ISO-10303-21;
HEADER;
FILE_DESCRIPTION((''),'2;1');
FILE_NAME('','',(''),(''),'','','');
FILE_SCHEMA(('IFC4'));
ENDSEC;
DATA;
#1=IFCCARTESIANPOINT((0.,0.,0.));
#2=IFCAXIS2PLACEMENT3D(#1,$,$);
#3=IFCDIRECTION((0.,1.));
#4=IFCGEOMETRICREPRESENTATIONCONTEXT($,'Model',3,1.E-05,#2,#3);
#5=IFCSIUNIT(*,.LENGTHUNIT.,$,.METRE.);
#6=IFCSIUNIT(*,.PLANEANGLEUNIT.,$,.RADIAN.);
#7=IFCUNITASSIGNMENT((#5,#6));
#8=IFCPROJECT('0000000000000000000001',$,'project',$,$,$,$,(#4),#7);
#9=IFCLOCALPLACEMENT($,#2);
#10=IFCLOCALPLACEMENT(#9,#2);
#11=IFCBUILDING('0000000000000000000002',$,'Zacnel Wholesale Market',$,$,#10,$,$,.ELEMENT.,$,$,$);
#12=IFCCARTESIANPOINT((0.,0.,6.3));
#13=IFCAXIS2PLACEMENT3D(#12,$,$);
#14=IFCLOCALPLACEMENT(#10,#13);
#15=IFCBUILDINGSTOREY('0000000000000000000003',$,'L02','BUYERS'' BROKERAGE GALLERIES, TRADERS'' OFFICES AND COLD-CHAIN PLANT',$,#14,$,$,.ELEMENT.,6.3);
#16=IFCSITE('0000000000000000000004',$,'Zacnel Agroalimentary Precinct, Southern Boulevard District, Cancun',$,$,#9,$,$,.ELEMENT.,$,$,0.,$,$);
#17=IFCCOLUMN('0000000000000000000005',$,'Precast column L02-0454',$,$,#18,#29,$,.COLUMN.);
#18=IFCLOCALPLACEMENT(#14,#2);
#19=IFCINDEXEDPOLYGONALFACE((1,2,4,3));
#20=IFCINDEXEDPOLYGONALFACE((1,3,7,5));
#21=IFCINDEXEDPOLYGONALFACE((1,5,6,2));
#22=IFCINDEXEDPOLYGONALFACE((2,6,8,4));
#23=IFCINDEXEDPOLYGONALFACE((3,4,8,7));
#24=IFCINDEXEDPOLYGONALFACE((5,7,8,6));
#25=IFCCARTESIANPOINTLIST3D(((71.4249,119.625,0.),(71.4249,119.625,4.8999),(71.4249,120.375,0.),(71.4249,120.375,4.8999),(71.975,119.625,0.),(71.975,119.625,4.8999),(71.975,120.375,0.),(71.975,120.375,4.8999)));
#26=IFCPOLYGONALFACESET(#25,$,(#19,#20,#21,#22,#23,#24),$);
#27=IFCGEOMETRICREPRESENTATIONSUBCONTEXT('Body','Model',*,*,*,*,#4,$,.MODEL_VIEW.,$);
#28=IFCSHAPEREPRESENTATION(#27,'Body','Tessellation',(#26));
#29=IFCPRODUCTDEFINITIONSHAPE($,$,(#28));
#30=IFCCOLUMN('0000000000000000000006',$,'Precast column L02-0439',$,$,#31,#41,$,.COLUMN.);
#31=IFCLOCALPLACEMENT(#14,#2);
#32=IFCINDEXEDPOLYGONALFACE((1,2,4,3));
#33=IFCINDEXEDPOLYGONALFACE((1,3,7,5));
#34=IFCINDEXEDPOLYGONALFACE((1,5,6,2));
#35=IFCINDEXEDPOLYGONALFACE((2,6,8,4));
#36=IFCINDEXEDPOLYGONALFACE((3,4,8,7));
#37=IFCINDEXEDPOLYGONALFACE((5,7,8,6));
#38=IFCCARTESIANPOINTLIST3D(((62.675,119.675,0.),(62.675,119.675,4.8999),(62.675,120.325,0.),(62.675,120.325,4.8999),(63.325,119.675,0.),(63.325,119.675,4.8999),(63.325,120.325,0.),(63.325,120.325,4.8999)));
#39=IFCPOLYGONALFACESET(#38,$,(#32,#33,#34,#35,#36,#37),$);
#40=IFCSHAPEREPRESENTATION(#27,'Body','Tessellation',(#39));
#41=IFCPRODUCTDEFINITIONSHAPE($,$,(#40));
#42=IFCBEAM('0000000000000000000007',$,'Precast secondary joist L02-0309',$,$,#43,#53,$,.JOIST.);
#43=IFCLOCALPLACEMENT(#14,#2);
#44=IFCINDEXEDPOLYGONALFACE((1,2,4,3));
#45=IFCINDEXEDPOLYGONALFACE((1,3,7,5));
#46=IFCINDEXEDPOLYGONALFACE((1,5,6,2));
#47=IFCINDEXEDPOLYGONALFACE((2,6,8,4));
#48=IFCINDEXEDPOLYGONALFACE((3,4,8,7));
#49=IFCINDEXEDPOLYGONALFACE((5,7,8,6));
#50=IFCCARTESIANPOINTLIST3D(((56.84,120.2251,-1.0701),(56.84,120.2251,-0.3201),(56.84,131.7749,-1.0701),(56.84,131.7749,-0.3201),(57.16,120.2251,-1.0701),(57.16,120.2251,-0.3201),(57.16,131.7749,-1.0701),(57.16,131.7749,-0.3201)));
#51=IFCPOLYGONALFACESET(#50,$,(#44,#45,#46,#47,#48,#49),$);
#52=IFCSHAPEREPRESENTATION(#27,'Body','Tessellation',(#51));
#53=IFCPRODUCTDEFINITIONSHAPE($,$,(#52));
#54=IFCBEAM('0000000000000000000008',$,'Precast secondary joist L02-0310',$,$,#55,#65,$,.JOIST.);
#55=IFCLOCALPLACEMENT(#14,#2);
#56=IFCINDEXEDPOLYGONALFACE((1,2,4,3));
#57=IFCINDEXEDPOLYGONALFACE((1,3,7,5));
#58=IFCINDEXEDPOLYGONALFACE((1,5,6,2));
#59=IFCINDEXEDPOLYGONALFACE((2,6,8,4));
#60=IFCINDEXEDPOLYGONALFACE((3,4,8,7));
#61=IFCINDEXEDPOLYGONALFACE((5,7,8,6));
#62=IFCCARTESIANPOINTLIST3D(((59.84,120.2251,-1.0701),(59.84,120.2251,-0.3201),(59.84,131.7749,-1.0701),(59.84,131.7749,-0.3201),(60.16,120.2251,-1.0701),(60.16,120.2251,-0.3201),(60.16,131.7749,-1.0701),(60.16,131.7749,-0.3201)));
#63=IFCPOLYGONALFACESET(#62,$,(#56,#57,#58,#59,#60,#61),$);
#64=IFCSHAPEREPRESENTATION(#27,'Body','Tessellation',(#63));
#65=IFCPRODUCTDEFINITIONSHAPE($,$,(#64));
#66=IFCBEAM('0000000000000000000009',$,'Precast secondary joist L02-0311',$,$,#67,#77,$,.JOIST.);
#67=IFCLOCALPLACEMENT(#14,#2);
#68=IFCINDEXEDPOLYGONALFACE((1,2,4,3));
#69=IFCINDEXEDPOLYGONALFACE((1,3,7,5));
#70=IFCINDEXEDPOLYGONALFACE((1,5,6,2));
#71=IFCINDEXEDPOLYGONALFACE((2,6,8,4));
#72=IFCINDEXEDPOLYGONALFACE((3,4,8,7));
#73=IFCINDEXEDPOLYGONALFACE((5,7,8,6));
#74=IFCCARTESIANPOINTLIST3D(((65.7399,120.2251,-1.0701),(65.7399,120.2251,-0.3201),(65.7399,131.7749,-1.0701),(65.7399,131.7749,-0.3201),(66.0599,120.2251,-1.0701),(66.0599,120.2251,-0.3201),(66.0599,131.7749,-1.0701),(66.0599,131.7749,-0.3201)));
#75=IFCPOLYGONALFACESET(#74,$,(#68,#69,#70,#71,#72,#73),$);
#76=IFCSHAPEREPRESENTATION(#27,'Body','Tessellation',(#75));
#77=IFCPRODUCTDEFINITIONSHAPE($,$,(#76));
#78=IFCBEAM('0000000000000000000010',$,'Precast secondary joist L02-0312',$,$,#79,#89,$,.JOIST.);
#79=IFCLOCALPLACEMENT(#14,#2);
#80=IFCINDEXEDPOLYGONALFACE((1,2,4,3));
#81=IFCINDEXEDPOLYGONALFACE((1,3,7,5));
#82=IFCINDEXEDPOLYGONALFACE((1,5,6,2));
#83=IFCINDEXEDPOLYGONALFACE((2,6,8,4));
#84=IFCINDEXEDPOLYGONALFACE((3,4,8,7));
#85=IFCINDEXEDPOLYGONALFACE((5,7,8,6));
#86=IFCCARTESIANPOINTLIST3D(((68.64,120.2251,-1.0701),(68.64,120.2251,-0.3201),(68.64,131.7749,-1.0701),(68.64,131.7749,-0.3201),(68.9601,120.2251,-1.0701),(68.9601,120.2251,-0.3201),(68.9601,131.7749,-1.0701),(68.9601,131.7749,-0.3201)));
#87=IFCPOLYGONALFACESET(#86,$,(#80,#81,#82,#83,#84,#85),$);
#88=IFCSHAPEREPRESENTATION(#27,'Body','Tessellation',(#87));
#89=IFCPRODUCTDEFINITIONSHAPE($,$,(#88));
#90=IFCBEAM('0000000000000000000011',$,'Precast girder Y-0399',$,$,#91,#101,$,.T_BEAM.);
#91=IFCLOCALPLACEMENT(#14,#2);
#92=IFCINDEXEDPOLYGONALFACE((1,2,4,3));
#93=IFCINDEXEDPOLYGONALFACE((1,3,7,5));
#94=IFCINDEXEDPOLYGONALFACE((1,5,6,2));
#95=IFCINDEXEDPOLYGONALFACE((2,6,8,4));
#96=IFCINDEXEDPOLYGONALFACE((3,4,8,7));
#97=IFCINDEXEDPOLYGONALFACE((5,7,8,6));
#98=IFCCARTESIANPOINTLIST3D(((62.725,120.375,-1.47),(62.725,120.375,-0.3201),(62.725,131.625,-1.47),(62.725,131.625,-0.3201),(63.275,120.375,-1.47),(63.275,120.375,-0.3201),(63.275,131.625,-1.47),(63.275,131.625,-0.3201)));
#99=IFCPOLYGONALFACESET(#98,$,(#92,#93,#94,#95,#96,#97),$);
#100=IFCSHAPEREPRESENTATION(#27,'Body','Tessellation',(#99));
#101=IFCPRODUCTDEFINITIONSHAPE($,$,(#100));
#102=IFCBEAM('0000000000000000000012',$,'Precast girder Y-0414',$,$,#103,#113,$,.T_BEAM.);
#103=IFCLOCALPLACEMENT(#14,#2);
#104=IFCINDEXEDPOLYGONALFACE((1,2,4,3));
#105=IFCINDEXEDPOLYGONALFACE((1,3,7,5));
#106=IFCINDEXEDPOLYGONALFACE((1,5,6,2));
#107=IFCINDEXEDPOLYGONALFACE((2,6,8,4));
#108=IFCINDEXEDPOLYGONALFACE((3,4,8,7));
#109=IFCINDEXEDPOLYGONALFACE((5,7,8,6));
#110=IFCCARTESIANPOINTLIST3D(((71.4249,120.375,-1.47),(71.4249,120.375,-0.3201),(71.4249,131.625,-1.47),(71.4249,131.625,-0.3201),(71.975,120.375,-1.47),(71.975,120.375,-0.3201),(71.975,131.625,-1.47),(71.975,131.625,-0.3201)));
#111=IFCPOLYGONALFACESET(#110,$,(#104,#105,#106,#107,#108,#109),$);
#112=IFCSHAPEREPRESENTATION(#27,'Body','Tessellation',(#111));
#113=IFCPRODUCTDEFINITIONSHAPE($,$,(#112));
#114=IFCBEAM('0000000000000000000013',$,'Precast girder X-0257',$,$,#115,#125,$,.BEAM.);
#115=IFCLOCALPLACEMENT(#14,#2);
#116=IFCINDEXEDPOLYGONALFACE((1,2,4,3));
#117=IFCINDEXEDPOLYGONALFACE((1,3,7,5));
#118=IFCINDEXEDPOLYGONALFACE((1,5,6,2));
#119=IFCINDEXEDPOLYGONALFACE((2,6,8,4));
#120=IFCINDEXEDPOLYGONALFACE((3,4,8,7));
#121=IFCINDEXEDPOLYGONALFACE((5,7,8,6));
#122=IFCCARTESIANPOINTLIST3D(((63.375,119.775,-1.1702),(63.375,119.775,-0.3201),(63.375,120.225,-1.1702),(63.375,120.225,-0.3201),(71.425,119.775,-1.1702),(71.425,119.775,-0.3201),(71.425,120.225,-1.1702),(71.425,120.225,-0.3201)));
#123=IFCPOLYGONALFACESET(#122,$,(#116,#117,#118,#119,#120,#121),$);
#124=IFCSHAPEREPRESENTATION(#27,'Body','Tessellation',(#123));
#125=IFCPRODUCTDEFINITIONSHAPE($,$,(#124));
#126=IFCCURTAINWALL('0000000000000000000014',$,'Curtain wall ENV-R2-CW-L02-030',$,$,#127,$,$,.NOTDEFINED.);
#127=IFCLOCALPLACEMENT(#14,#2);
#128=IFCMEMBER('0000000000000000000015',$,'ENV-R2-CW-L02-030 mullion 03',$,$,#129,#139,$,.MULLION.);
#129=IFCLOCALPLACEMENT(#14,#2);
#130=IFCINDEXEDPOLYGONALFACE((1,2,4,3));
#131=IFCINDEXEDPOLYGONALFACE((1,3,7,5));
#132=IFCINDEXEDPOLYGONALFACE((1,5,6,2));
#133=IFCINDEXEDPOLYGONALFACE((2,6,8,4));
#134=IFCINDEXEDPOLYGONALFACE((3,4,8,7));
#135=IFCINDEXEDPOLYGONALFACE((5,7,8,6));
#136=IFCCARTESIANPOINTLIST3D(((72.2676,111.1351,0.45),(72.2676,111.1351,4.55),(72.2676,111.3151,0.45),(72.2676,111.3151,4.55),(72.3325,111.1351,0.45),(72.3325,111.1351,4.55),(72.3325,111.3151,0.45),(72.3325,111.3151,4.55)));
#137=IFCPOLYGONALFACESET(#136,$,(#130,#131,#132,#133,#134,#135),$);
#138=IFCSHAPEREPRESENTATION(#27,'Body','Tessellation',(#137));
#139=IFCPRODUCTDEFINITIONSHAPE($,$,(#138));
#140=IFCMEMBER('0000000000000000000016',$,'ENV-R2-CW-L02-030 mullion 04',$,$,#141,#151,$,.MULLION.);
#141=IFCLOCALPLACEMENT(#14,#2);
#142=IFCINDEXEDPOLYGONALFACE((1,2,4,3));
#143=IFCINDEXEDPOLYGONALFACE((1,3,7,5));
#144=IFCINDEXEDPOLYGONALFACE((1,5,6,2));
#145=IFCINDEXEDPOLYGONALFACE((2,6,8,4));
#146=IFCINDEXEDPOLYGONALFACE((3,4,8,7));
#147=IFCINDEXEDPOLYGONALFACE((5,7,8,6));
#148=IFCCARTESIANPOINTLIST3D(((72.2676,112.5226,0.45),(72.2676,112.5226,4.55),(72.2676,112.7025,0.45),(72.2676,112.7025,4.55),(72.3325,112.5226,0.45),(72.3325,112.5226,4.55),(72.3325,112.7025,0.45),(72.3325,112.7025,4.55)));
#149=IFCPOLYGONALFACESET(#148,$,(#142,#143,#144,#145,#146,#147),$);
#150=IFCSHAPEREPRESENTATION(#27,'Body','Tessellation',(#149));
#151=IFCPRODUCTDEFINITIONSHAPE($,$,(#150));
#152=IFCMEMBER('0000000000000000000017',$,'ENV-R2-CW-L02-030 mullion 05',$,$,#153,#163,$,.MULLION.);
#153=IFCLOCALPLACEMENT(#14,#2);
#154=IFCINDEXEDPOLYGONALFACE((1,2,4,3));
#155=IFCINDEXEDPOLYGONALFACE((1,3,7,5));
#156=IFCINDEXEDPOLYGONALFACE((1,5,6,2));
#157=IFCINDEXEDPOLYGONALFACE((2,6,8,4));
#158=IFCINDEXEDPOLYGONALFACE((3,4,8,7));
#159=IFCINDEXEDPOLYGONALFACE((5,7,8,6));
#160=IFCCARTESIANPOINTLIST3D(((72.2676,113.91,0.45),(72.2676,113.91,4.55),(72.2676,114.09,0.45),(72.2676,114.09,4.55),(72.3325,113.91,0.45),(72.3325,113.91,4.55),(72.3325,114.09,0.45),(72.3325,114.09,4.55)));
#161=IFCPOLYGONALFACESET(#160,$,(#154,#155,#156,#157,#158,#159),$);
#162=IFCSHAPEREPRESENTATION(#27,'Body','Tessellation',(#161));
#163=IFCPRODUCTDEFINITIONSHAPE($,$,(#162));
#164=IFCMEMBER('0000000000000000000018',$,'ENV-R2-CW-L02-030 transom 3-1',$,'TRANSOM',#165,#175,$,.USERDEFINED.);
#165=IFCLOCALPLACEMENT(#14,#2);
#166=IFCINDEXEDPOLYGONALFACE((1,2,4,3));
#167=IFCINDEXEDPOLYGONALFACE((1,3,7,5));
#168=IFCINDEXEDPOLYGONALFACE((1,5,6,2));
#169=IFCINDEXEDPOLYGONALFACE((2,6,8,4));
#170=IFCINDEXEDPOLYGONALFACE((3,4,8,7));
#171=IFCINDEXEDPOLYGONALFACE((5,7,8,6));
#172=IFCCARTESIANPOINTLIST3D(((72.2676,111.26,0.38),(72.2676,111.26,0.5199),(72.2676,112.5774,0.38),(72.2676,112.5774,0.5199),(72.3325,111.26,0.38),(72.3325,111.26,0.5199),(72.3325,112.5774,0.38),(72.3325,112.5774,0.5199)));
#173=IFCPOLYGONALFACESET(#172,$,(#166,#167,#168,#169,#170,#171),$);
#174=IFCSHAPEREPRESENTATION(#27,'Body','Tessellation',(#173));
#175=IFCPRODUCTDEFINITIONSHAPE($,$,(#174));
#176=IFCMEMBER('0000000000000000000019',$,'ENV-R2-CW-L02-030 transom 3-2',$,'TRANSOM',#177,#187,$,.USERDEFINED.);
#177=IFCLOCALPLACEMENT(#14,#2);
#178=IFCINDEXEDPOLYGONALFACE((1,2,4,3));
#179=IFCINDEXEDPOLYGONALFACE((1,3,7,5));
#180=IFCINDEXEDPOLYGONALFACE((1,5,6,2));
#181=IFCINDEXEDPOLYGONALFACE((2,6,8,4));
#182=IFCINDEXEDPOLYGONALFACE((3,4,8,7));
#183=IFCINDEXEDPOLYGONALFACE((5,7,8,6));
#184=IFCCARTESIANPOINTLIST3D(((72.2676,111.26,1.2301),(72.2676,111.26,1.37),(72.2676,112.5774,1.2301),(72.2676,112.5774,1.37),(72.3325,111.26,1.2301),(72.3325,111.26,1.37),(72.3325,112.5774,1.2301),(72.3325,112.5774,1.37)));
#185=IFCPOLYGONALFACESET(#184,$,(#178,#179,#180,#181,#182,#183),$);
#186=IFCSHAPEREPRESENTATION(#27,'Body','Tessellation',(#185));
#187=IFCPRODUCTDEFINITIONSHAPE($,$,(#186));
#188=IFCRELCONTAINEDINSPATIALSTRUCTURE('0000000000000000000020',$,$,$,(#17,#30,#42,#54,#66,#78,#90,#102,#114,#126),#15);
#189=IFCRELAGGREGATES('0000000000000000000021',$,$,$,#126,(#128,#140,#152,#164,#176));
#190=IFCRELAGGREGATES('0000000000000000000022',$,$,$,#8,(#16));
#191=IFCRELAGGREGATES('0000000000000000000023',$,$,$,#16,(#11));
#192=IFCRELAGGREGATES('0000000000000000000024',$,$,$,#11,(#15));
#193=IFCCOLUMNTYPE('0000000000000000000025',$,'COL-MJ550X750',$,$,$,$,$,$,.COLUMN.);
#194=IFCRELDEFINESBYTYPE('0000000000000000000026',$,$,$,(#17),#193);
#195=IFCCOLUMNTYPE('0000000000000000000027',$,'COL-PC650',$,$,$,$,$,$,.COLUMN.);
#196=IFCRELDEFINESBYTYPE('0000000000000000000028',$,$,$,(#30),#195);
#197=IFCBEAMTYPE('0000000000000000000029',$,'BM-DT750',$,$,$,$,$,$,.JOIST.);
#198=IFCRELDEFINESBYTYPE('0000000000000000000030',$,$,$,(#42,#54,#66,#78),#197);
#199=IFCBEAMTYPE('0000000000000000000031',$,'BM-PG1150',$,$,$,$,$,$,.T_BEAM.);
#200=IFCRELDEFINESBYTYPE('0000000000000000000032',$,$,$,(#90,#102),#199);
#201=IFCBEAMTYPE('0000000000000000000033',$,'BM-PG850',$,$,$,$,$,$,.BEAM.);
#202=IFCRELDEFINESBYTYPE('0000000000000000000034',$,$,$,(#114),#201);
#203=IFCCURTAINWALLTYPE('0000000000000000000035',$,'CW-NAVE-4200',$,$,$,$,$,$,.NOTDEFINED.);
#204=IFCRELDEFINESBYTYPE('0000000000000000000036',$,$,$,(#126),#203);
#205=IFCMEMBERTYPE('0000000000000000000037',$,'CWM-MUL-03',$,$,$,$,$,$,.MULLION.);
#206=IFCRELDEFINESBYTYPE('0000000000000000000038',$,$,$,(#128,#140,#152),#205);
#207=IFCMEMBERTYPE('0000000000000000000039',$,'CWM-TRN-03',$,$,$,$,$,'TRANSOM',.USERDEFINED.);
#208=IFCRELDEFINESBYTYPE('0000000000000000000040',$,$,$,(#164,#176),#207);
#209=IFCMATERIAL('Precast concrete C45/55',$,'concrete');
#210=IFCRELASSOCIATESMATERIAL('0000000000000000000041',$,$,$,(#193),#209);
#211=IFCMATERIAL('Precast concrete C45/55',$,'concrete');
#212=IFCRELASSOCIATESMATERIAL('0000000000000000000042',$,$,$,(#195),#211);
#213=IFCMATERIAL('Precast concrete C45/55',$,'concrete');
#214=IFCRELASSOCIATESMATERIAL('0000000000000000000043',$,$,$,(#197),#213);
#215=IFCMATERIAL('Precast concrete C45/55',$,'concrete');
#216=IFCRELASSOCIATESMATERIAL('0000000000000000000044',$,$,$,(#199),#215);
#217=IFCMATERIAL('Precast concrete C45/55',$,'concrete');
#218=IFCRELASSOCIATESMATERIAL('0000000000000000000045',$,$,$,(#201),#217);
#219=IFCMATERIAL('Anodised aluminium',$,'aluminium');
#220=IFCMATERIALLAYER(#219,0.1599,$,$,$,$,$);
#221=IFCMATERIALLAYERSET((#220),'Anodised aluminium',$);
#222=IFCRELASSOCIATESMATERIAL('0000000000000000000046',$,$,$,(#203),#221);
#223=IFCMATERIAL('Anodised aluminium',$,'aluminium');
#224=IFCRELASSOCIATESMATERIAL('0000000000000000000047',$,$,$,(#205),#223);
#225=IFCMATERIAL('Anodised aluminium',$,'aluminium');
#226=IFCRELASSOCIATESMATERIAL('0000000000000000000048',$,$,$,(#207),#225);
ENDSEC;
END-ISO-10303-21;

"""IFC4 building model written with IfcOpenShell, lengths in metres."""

from ifc_helpers import new_model, si_unit, direction, frame, origin, origin_2d, place, context, subcontext, project, spatial, rectangle, extrude, material, layer, layer_set, material_profile, profile_set, type_object, element, aggregate, save


model = new_model("IFC4")

# Units and contexts
model_context = context("Model", 3, precision=1e-05, world=origin(), true_north=direction((0.0, 1.0)))
body_context = subcontext(model_context, "Body", "Model", "MODEL_VIEW")
ifc_project = project(units=[si_unit("LENGTHUNIT", "METRE"), si_unit("PLANEANGLEUNIT", "RADIAN")], contexts=[model_context])

# Site, building, storey
site_placement = place(None, origin())
site = spatial("IfcSite", under=ifc_project, at=site_placement, Name="Zacnel Agroalimentary Precinct, Southern Boulevard District, Cancun", CompositionType="ELEMENT", RefElevation=0.0)
building_placement = place(site_placement, origin())
building = spatial("IfcBuilding", under=site, at=building_placement, Name="Zacnel Wholesale Market", CompositionType="ELEMENT")
storey_placement = place(building_placement, frame((0.0, 0.0, 6.3)))
storey = spatial("IfcBuildingStorey", under=building, at=storey_placement, Name="L02", Description="BUYERS' BROKERAGE GALLERIES, TRADERS' OFFICES AND COLD-CHAIN PLANT", CompositionType="ELEMENT", Elevation=6.3)

# Columns
ifc_material_1 = material(Name="Precast concrete C45/55", Category="concrete")
ifc_material_profile_1 = material_profile(ifc_material_1, rectangle(XDim=0.55, YDim=0.75, at=origin_2d()), Name="PC 550x750")
ifc_profile_set_1 = profile_set([ifc_material_profile_1], Name="Precast concrete C45/55")
column_type_1 = type_object("IfcColumnType", Name="COL-MJ550X750", PredefinedType="COLUMN", material=ifc_profile_set_1)
column_1_placement = place(storey_placement, frame((71.7, 120.0, 0.0), z_axis=(0.0, 0.0, 1.0), x_axis=(1.0, 0.0, 0.0)))
element("IfcColumn", 1, at=column_1_placement, inside=storey, type_object=column_type_1, Name="Precast column L02-0454", PredefinedType="COLUMN", context=body_context, shape_type="SweptSolid", body=[
    extrude(rectangle(XDim=0.55, YDim=0.75, at=origin_2d()), origin(), (0.0, 0.0, 1.0), 4.8999),
])
ifc_material_2 = material(Name="Precast concrete C45/55", Category="concrete")
ifc_material_profile_2 = material_profile(ifc_material_2, rectangle(XDim=0.6499, YDim=0.6499, at=origin_2d()), Name="PC 650x650")
ifc_profile_set_2 = profile_set([ifc_material_profile_2], Name="Precast concrete C45/55")
column_type_2 = type_object("IfcColumnType", Name="COL-PC650", PredefinedType="COLUMN", material=ifc_profile_set_2)
column_2_placement = place(storey_placement, frame((63.0, 120.0, 0.0), z_axis=(0.0, 0.0, 1.0), x_axis=(1.0, 0.0, 0.0)))
element("IfcColumn", 2, at=column_2_placement, inside=storey, type_object=column_type_2, Name="Precast column L02-0439", PredefinedType="COLUMN", context=body_context, shape_type="SweptSolid", body=[
    extrude(rectangle(XDim=0.6499, YDim=0.6499, at=origin_2d()), origin(), (0.0, 0.0, 1.0), 4.8999),
])

# Beams
ifc_material_3 = material(Name="Precast concrete C45/55", Category="concrete")
ifc_material_profile_3 = material_profile(ifc_material_3, rectangle(XDim=0.3201, YDim=0.75, at=origin_2d()), Name="DT RIB 320x750")
ifc_profile_set_3 = profile_set([ifc_material_profile_3], Name="Precast concrete C45/55")
beam_type_1 = type_object("IfcBeamType", Name="BM-DT750", PredefinedType="JOIST", material=ifc_profile_set_3)
for number, where, z_axis, x_axis, name in (
    (3, (57.0, 120.2251, -0.6951), (0.0, 1.0, 0.0), (-1.0, 0.0, 0.0), "Precast secondary joist L02-0309"),
    (4, (60.0, 120.2251, -0.6951), (0.0, 1.0, 0.0), (-1.0, 0.0, 0.0), "Precast secondary joist L02-0310"),
    (5, (65.8999, 120.2251, -0.6951), (0.0, 1.0, 0.0), (-1.0, 0.0, 0.0), "Precast secondary joist L02-0311"),
    (6, (68.8, 120.2251, -0.6951), (0.0, 1.0, 0.0), (-1.0, 0.0, 0.0), "Precast secondary joist L02-0312"),
):
    element("IfcBeam", number, at=place(storey_placement, frame(where, z_axis=z_axis, x_axis=x_axis)), inside=storey, type_object=beam_type_1, Name=name, PredefinedType="JOIST", context=body_context, shape_type="SweptSolid", body=[
        extrude(rectangle(XDim=0.3201, YDim=0.75, at=origin_2d()), origin(), (0.0, 0.0, 1.0), 11.5498),
    ])
ifc_material_4 = material(Name="Precast concrete C45/55", Category="concrete")
ifc_material_profile_4 = material_profile(ifc_material_4, rectangle(XDim=0.55, YDim=1.1499, at=origin_2d()), Name="PG 550x1150")
ifc_profile_set_4 = profile_set([ifc_material_profile_4], Name="Precast concrete C45/55")
beam_type_2 = type_object("IfcBeamType", Name="BM-PG1150", PredefinedType="T_BEAM", material=ifc_profile_set_4)
for number, where, z_axis, x_axis, name in (
    (7, (63.0, 120.375, -0.895), (0.0, 1.0, 0.0), (-1.0, 0.0, 0.0), "Precast girder Y-0399"),
    (8, (71.7, 120.375, -0.895), (0.0, 1.0, 0.0), (-1.0, 0.0, 0.0), "Precast girder Y-0414"),
):
    element("IfcBeam", number, at=place(storey_placement, frame(where, z_axis=z_axis, x_axis=x_axis)), inside=storey, type_object=beam_type_2, Name=name, PredefinedType="T_BEAM", context=body_context, shape_type="SweptSolid", body=[
        extrude(rectangle(XDim=0.55, YDim=1.1499, at=origin_2d()), origin(), (0.0, 0.0, 1.0), 11.25),
    ])
ifc_material_5 = material(Name="Precast concrete C45/55", Category="concrete")
ifc_material_profile_5 = material_profile(ifc_material_5, rectangle(XDim=0.45, YDim=0.8501, at=origin_2d()), Name="PG 450x850")
ifc_profile_set_5 = profile_set([ifc_material_profile_5], Name="Precast concrete C45/55")
beam_type_3 = type_object("IfcBeamType", Name="BM-PG850", PredefinedType="BEAM", material=ifc_profile_set_5)
beam_placement = place(storey_placement, frame((63.375, 120.0, -0.7451), z_axis=(1.0, 0.0, 0.0), x_axis=(0.0, 1.0, 0.0)))
element("IfcBeam", 9, at=beam_placement, inside=storey, type_object=beam_type_3, Name="Precast girder X-0257", PredefinedType="BEAM", context=body_context, shape_type="SweptSolid", body=[
    extrude(rectangle(XDim=0.45, YDim=0.8501, at=origin_2d()), origin(), (0.0, 0.0, 1.0), 8.05),
])

# Curtain wall, members
ifc_material_6 = material(Name="Anodised aluminium", Category="aluminium")
ifc_layer_1 = layer(ifc_material_6, 0.1599)
ifc_layer_set_1 = layer_set([ifc_layer_1], Name="Anodised aluminium")
curtain_wall_type = type_object("IfcCurtainWallType", Name="CW-NAVE-4200", PredefinedType="NOTDEFINED", material=ifc_layer_set_1)
curtain_wall_placement = place(storey_placement, origin())
curtain_wall = element("IfcCurtainWall", 10, at=curtain_wall_placement, inside=storey, type_object=curtain_wall_type, Name="Curtain wall ENV-R2-CW-L02-030", PredefinedType="NOTDEFINED")
ifc_material_7 = material(Name="Anodised aluminium", Category="aluminium")
ifc_material_profile_6 = material_profile(ifc_material_7, rectangle(XDim=0.0649, YDim=0.1799, at=origin_2d()), Name="AW-MULLION 65x180")
ifc_profile_set_6 = profile_set([ifc_material_profile_6], Name="Anodised aluminium")
member_type_1 = type_object("IfcMemberType", Name="CWM-MUL-03", PredefinedType="MULLION", material=ifc_profile_set_6)
member_1_placement = place(storey_placement, frame((72.3, 111.2251, 0.45), z_axis=(0.0, 0.0, 1.0), x_axis=(1.0, 0.0, 0.0)))
member_1 = element("IfcMember", 11, at=member_1_placement, type_object=member_type_1, Name="ENV-R2-CW-L02-030 mullion 03", PredefinedType="MULLION", context=body_context, shape_type="SweptSolid", body=[
    extrude(rectangle(XDim=0.0649, YDim=0.1799, at=origin_2d()), origin(), (0.0, 0.0, 1.0), 4.1001),
])
member_2_placement = place(storey_placement, frame((72.3, 112.6125, 0.45), z_axis=(0.0, 0.0, 1.0), x_axis=(1.0, 0.0, 0.0)))
member_2 = element("IfcMember", 12, at=member_2_placement, type_object=member_type_1, Name="ENV-R2-CW-L02-030 mullion 04", PredefinedType="MULLION", context=body_context, shape_type="SweptSolid", body=[
    extrude(rectangle(XDim=0.0649, YDim=0.1799, at=origin_2d()), origin(), (0.0, 0.0, 1.0), 4.1001),
])
member_3_placement = place(storey_placement, frame((72.3, 114.0, 0.45), z_axis=(0.0, 0.0, 1.0), x_axis=(1.0, 0.0, 0.0)))
member_3 = element("IfcMember", 13, at=member_3_placement, type_object=member_type_1, Name="ENV-R2-CW-L02-030 mullion 05", PredefinedType="MULLION", context=body_context, shape_type="SweptSolid", body=[
    extrude(rectangle(XDim=0.0649, YDim=0.1799, at=origin_2d()), origin(), (0.0, 0.0, 1.0), 4.1001),
])
ifc_material_8 = material(Name="Anodised aluminium", Category="aluminium")
ifc_material_profile_7 = material_profile(ifc_material_8, rectangle(XDim=0.0649, YDim=0.1399, at=origin_2d()), Name="AW-TRANSOM 65x140")
ifc_profile_set_7 = profile_set([ifc_material_profile_7], Name="Anodised aluminium")
member_type_2 = type_object("IfcMemberType", Name="CWM-TRN-03", ElementType="TRANSOM", PredefinedType="USERDEFINED", material=ifc_profile_set_7)
member_4_placement = place(storey_placement, frame((72.3, 111.26, 0.45), z_axis=(0.0, 1.0, 0.0), x_axis=(-1.0, 0.0, 0.0)))
member_4 = element("IfcMember", 14, at=member_4_placement, type_object=member_type_2, Name="ENV-R2-CW-L02-030 transom 3-1", ObjectType="TRANSOM", PredefinedType="USERDEFINED", context=body_context, shape_type="SweptSolid", body=[
    extrude(rectangle(XDim=0.0649, YDim=0.1399, at=origin_2d()), origin(), (0.0, 0.0, 1.0), 1.3174),
])
member_5_placement = place(storey_placement, frame((72.3, 111.26, 1.3), z_axis=(0.0, 1.0, 0.0), x_axis=(-1.0, 0.0, 0.0)))
member_5 = element("IfcMember", 15, at=member_5_placement, type_object=member_type_2, Name="ENV-R2-CW-L02-030 transom 3-2", ObjectType="TRANSOM", PredefinedType="USERDEFINED", context=body_context, shape_type="SweptSolid", body=[
    extrude(rectangle(XDim=0.0649, YDim=0.1399, at=origin_2d()), origin(), (0.0, 0.0, 1.0), 1.3174),
])
aggregate(curtain_wall, [member_1, member_2, member_3, member_4, member_5])

save(model, "model.ifc")
